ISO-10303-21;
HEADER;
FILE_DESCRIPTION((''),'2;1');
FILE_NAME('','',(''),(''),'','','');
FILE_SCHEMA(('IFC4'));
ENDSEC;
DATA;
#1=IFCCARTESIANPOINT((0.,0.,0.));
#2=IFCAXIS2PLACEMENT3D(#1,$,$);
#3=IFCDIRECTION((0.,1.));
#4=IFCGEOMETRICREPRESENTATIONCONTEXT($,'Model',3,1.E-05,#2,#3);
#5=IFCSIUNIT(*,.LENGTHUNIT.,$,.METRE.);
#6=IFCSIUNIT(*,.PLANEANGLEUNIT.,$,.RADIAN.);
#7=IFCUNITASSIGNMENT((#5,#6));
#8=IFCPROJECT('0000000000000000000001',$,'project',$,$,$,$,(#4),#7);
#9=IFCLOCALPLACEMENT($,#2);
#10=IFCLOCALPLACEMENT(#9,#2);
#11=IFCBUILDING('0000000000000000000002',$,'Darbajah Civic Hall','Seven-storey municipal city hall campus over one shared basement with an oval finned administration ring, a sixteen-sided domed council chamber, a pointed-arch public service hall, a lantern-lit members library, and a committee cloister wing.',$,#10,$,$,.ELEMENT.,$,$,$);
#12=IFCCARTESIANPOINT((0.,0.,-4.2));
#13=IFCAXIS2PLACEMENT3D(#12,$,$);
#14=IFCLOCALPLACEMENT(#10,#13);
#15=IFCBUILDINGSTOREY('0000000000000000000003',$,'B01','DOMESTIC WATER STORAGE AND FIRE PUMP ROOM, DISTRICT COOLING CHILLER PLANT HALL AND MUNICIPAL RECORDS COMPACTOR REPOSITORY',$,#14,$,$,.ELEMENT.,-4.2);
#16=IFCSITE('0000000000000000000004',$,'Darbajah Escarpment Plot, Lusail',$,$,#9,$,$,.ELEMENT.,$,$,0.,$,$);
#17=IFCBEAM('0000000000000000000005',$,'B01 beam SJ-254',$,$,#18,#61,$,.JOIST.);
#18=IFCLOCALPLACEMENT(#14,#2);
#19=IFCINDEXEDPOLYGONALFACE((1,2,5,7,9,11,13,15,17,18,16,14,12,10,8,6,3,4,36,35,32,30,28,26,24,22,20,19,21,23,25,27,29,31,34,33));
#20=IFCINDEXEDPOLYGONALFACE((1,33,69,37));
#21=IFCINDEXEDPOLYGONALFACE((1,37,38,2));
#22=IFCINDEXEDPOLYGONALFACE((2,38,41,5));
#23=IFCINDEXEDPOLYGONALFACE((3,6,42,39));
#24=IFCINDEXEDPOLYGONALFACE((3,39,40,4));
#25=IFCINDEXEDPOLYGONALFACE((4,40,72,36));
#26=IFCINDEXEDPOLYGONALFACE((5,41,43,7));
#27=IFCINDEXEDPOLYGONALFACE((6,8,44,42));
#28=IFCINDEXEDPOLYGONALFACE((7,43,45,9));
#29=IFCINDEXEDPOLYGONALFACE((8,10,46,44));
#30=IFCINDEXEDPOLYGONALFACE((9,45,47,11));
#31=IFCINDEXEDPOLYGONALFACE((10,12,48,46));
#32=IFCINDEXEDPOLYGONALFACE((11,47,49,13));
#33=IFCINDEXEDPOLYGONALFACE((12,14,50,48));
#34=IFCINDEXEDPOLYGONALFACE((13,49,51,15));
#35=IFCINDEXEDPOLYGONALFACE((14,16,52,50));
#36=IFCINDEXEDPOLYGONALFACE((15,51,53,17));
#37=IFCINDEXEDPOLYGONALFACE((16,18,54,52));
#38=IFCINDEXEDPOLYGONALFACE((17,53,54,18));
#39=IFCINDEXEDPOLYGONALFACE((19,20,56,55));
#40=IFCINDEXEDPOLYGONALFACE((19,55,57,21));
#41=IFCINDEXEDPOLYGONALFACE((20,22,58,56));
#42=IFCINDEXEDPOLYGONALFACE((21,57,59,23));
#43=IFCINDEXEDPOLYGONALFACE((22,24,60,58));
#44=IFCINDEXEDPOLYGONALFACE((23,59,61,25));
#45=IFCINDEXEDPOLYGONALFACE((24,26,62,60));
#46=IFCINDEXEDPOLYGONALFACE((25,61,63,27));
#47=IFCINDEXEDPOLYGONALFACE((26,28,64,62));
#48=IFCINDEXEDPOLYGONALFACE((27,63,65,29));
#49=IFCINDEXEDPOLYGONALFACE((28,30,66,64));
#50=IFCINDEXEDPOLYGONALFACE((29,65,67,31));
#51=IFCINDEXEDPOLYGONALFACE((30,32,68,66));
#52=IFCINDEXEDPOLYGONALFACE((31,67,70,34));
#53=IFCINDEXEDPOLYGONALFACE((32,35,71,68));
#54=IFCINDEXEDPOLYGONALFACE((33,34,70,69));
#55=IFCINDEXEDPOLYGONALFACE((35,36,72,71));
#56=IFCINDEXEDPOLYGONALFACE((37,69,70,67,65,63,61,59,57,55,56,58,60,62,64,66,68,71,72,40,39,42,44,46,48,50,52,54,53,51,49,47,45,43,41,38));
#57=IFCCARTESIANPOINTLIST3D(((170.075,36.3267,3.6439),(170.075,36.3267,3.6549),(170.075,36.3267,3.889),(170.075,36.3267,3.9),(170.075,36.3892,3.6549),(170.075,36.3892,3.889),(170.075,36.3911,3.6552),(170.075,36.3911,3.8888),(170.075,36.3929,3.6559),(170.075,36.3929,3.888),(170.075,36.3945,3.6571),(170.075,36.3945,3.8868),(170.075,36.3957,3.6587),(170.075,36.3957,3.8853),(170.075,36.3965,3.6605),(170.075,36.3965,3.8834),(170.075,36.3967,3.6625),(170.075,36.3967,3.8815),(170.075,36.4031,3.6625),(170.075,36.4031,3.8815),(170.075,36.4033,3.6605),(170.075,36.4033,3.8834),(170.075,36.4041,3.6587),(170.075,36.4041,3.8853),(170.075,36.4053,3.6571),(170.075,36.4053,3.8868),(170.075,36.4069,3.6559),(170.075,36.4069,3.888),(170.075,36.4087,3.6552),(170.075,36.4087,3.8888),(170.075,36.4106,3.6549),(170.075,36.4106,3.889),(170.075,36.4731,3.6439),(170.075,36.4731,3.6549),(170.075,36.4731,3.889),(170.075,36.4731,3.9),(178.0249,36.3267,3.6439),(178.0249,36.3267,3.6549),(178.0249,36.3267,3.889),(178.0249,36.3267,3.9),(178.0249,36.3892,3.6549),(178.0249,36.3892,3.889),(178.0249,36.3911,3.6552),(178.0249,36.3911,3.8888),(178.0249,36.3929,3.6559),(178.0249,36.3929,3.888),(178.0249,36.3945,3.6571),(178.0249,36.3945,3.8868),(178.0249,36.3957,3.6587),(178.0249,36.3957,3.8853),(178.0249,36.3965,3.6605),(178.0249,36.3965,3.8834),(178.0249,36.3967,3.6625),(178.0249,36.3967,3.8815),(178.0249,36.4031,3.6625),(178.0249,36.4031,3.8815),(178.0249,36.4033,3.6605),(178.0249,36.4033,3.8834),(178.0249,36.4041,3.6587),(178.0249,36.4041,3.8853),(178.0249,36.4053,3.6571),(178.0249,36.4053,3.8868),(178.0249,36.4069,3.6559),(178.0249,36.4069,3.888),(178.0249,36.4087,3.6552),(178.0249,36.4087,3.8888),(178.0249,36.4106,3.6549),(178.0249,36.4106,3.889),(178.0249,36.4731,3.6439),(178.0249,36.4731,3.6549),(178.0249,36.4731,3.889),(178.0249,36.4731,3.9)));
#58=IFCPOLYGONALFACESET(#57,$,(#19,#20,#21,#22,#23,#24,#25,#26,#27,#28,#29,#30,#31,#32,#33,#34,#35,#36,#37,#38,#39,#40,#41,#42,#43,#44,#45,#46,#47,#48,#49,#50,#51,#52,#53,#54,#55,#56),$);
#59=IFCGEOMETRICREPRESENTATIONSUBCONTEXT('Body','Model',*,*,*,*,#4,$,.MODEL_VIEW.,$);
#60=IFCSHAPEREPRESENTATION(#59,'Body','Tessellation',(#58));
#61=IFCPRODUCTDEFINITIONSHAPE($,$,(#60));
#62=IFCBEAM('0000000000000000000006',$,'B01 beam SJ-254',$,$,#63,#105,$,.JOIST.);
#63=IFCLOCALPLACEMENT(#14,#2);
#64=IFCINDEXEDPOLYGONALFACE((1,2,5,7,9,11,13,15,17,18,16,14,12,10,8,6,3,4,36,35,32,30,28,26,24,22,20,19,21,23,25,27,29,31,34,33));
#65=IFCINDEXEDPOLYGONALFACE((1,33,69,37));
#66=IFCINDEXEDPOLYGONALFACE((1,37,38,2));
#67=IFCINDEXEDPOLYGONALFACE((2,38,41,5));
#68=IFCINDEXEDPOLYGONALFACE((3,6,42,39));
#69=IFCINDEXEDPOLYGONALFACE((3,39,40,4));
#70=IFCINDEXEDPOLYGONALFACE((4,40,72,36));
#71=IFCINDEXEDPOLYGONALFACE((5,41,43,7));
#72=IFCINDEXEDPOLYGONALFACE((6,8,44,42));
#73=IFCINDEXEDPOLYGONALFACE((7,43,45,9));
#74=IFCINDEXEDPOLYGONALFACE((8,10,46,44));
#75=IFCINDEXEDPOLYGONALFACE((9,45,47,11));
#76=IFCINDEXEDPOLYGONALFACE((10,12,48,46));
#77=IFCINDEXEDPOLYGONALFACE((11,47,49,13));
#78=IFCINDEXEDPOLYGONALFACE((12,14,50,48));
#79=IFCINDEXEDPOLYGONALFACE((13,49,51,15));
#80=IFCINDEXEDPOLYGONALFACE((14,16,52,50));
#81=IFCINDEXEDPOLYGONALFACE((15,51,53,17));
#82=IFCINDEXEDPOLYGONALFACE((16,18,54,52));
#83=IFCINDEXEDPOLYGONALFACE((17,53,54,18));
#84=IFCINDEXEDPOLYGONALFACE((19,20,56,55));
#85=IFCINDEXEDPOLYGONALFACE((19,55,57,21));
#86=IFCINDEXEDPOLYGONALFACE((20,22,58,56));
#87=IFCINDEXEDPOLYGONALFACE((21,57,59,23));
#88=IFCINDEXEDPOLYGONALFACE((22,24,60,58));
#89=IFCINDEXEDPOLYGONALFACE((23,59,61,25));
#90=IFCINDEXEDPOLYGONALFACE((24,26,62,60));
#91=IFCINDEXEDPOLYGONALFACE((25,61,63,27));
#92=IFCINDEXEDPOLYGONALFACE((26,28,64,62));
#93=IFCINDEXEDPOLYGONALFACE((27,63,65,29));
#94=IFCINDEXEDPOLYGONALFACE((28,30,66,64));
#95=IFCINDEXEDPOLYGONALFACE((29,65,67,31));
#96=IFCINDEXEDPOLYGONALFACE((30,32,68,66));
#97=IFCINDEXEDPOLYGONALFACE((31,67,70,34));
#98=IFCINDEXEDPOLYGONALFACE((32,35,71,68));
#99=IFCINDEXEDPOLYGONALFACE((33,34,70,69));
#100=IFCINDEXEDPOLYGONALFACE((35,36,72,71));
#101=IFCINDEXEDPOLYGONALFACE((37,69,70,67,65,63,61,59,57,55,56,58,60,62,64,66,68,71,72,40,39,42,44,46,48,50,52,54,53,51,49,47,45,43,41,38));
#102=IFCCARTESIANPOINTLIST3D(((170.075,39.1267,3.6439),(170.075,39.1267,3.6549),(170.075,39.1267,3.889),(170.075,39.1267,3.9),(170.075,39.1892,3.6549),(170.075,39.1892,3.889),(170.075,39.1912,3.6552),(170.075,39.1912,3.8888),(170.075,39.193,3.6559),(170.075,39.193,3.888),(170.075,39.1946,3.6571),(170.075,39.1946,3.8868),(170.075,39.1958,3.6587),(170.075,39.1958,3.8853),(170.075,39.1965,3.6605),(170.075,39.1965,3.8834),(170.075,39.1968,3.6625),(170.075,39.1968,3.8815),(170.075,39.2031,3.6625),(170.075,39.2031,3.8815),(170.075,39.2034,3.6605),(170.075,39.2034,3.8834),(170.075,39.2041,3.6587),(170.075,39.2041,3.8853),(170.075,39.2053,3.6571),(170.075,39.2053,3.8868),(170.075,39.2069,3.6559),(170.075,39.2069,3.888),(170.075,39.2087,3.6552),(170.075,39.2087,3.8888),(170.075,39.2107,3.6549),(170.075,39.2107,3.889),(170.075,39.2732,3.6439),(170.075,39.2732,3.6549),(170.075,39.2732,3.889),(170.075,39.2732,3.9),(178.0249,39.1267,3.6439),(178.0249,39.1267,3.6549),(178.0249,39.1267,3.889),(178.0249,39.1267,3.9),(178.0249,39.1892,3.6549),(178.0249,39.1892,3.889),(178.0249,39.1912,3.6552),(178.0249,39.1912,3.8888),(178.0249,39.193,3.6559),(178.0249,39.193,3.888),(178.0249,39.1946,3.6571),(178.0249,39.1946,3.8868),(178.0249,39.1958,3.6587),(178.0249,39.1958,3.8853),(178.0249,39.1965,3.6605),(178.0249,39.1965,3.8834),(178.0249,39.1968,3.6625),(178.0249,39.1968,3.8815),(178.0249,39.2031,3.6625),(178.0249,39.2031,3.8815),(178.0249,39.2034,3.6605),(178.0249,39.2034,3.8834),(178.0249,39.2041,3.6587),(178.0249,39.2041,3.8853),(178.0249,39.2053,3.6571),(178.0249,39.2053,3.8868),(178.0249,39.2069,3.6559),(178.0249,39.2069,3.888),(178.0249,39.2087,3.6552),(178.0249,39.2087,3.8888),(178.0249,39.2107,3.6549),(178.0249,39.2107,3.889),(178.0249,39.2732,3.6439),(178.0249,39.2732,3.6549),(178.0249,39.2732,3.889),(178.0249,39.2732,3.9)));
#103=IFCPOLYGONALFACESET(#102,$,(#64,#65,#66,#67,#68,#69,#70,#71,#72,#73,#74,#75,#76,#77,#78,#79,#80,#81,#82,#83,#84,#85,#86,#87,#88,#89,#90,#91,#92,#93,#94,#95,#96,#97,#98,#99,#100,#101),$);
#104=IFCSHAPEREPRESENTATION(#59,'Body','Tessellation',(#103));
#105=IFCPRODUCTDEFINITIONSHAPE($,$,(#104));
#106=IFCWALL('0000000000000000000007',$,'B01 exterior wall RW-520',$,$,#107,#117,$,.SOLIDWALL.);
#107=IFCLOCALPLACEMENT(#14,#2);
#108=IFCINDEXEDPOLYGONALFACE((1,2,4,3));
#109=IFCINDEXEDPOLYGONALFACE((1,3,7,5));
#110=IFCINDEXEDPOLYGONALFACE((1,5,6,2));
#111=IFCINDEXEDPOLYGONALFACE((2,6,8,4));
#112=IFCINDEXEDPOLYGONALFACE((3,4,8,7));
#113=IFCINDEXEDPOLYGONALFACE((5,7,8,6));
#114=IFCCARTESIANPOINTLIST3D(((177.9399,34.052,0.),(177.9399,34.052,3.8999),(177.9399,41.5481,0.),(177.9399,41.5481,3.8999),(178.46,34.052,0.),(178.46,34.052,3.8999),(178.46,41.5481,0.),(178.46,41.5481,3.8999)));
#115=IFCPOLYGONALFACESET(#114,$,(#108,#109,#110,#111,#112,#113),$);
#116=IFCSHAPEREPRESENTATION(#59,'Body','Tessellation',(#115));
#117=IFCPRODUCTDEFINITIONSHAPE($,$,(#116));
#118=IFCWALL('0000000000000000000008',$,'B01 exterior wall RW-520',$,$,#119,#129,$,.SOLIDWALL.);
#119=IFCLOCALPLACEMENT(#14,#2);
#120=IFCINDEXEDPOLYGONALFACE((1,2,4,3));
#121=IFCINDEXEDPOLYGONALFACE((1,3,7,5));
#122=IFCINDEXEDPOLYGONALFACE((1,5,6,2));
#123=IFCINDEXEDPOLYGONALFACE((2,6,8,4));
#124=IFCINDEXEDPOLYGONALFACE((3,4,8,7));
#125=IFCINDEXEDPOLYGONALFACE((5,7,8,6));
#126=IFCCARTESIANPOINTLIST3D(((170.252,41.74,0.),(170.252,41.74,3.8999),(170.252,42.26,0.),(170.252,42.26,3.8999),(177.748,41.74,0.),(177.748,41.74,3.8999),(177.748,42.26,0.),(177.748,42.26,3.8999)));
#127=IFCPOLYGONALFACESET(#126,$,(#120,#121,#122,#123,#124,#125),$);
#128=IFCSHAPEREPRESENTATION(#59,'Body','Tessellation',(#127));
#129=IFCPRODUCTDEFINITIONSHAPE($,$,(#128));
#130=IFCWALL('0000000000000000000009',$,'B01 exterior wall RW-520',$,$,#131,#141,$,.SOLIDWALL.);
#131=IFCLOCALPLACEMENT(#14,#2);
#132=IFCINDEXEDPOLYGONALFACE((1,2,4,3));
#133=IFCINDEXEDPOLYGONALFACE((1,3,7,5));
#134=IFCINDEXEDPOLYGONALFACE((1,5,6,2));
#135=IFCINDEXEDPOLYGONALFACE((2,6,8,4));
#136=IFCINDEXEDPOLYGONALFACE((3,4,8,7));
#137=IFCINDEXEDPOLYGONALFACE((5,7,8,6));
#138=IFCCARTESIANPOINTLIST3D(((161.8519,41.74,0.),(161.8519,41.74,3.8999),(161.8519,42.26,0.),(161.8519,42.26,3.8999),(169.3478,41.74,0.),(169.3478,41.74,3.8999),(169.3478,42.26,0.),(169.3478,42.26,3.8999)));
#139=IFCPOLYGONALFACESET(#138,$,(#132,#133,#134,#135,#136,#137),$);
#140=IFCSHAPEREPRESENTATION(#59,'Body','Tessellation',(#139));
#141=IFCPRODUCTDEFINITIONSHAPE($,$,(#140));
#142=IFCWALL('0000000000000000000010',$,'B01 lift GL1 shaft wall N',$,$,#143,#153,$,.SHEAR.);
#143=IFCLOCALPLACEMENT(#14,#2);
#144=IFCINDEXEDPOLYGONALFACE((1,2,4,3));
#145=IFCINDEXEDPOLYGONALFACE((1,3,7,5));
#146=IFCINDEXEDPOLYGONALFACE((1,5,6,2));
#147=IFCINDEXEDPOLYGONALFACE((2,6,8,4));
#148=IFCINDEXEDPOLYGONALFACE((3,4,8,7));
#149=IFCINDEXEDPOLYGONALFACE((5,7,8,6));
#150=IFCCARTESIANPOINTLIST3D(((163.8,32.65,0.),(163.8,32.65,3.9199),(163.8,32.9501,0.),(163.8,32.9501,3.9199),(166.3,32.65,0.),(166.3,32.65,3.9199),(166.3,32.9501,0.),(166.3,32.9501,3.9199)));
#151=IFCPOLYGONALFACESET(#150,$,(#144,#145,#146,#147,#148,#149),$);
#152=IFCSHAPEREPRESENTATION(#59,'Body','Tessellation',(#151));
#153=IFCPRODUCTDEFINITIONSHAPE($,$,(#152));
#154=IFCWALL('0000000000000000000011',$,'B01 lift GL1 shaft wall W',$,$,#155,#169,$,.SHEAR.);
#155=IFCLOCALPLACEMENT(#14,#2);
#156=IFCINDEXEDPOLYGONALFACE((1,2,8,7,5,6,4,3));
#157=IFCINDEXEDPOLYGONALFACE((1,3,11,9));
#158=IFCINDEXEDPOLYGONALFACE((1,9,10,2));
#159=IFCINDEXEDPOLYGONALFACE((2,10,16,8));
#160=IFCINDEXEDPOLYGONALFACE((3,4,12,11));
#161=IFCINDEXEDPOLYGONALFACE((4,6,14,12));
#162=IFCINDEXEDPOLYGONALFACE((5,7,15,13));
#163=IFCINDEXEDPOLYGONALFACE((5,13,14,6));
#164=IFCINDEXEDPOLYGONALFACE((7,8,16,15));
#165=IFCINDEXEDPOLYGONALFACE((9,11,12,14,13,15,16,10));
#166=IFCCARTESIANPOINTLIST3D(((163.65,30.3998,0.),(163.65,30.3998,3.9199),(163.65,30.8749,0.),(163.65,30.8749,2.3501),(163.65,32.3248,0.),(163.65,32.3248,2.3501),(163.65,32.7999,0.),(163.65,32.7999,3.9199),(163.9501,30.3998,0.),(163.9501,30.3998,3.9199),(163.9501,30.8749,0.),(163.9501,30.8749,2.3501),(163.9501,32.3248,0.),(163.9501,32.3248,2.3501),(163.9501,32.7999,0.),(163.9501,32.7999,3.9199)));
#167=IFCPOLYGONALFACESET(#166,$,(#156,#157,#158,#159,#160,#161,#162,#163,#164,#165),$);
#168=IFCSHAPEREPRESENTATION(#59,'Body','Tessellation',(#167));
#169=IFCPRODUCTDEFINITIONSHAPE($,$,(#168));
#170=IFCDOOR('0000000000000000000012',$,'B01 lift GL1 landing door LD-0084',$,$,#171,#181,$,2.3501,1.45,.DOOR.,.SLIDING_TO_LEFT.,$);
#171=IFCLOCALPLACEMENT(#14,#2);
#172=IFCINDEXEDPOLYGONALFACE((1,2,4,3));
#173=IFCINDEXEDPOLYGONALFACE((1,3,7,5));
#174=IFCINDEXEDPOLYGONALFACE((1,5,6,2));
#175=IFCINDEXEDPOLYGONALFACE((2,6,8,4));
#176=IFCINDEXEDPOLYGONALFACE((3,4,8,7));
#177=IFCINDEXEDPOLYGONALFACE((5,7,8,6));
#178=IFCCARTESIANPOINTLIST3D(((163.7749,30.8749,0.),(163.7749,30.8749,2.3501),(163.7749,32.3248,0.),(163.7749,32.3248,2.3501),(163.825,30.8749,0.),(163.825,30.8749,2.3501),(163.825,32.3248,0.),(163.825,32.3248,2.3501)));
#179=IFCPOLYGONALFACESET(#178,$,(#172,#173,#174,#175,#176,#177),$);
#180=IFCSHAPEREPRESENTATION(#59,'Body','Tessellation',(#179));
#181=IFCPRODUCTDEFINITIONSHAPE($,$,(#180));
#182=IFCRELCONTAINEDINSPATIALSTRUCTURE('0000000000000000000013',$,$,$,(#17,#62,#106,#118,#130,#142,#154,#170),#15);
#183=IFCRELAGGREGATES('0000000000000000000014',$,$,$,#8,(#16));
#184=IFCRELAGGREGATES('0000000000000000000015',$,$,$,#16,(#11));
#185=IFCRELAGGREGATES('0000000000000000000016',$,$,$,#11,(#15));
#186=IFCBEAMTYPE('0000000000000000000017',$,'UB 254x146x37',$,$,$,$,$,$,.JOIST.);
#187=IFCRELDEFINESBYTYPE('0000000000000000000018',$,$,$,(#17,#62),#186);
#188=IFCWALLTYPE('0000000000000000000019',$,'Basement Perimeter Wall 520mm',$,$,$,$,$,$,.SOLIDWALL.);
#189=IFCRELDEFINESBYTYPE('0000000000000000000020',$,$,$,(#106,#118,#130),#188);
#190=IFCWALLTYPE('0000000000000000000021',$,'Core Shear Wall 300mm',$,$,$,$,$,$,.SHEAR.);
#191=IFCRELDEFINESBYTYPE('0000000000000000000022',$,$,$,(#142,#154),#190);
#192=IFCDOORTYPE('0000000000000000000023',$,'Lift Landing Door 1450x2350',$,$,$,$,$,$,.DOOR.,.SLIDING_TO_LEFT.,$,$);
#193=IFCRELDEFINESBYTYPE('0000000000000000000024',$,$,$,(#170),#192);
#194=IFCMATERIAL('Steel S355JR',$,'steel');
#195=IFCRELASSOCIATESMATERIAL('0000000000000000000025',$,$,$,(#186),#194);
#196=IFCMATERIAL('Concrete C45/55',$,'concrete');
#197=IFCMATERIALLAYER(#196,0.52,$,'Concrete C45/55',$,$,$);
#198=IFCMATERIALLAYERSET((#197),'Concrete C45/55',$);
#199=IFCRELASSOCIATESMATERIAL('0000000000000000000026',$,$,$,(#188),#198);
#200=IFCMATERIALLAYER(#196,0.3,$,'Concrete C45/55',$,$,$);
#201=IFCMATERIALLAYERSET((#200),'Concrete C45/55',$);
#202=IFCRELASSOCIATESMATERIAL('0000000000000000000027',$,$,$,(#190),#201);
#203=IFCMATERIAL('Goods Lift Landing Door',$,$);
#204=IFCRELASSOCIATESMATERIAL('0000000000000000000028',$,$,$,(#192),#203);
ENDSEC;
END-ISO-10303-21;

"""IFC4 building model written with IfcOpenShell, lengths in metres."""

from ifc_helpers import new_model, si_unit, direction, frame, frame_2d, origin, origin_2d, place, context, subcontext, project, spatial, rectangle, i_section, extrude, material, layer, layer_set, material_profile, profile_set, type_object, element, fill, save


model = new_model("IFC4")

# Units and contexts
model_context = context("Model", 3, precision=1e-05, world=origin(), true_north=direction((0.0, 1.0)))
body_context = subcontext(model_context, "Body", "Model", "MODEL_VIEW")
ifc_project = project(units=[si_unit("LENGTHUNIT", "METRE"), si_unit("PLANEANGLEUNIT", "RADIAN")], contexts=[model_context])

# Site, building, storey
site_placement = place(None, origin())
site = spatial("IfcSite", under=ifc_project, at=site_placement, Name="Darbajah Escarpment Plot, Lusail", CompositionType="ELEMENT", RefElevation=0.0)
building_placement = place(site_placement, origin())
building = spatial("IfcBuilding", under=site, at=building_placement, Name="Darbajah Civic Hall", Description="Seven-storey municipal city hall campus over one shared basement with an oval finned administration ring, a sixteen-sided domed council chamber, a pointed-arch public service hall, a lantern-lit members library, and a committee cloister wing.", CompositionType="ELEMENT")
storey_placement = place(building_placement, frame((0.0, 0.0, -4.2)))
storey = spatial("IfcBuildingStorey", under=building, at=storey_placement, Name="B01", Description="DOMESTIC WATER STORAGE AND FIRE PUMP ROOM, DISTRICT COOLING CHILLER PLANT HALL AND MUNICIPAL RECORDS COMPACTOR REPOSITORY", CompositionType="ELEMENT", Elevation=-4.2)

# Shared definitions
ifc_material_1 = material(Name="Concrete C45/55", Category="concrete")

# Beams
ifc_material_2 = material(Name="Steel S355JR", Category="steel")
ifc_material_profile_1 = material_profile(ifc_material_2, i_section(OverallWidth=0.1465, OverallDepth=0.2561, WebThickness=0.0063, FlangeThickness=0.011, FilletRadius=0.0076, at=origin_2d()), Name="UB 254x146x37")
ifc_profile_set_1 = profile_set([ifc_material_profile_1], Name="Steel S355JR")
beam_type_1 = type_object("IfcBeamType", Name="UB 254x146x37", PredefinedType="JOIST", material=ifc_profile_set_1)
for number, where, z_axis, x_axis, name in (
    (1, (170.075, 36.3999, 3.772), (1.0, 0.0, 0.0), (0.0, 1.0, 0.0), "B01 beam SJ-254"),
    (2, (170.075, 39.2, 3.772), (1.0, 0.0, 0.0), (0.0, 1.0, 0.0), "B01 beam SJ-254"),
):
    element("IfcBeam", number, at=place(storey_placement, frame(where, z_axis=z_axis, x_axis=x_axis)), inside=storey, type_object=beam_type_1, Name=name, PredefinedType="JOIST", context=body_context, shape_type="SweptSolid", body=[
        extrude(i_section(OverallWidth=0.1465, OverallDepth=0.2561, WebThickness=0.0063, FlangeThickness=0.011, FilletRadius=0.0076, at=origin_2d()), origin(), (0.0, 0.0, 1.0), 7.95),
    ])

# Walls
ifc_layer_1 = layer(ifc_material_1, 0.52, Name="Concrete C45/55")
ifc_layer_set_1 = layer_set([ifc_layer_1], Name="Concrete C45/55")
wall_type_1 = type_object("IfcWallType", Name="Basement Perimeter Wall 520mm", PredefinedType="SOLIDWALL", material=ifc_layer_set_1)
for number, where, z_axis, x_axis, name in (
    (3, (178.2, 34.052, 0.0), (0.0, 0.0, 1.0), (0.0, 1.0, 0.0), "B01 exterior wall RW-520"),
    (4, (177.748, 42.0, 0.0), (0.0, 0.0, 1.0), (-1.0, 0.0, 0.0), "B01 exterior wall RW-520"),
):
    element("IfcWall", number, at=place(storey_placement, frame(where, z_axis=z_axis, x_axis=x_axis)), inside=storey, type_object=wall_type_1, Name=name, PredefinedType="SOLIDWALL", context=body_context, shape_type="SweptSolid", body=[
        extrude(rectangle(XDim=7.4961, YDim=0.52, at=frame_2d((3.748, 0.0))), origin(), (0.0, 0.0, 1.0), 3.8999),
    ])
wall_1_placement = place(storey_placement, frame((169.3479, 42.0, 0.0), z_axis=(0.0, 0.0, 1.0), x_axis=(-1.0, 0.0, 0.0)))
element("IfcWall", 5, at=wall_1_placement, inside=storey, type_object=wall_type_1, Name="B01 exterior wall RW-520", PredefinedType="SOLIDWALL", context=body_context, shape_type="SweptSolid", body=[
    extrude(rectangle(XDim=7.4958, YDim=0.52, at=frame_2d((3.748, 0.0))), origin(), (0.0, 0.0, 1.0), 3.8999),
])
ifc_layer_2 = layer(ifc_material_1, 0.3, Name="Concrete C45/55")
ifc_layer_set_2 = layer_set([ifc_layer_2], Name="Concrete C45/55")
wall_type_2 = type_object("IfcWallType", Name="Core Shear Wall 300mm", PredefinedType="SHEAR", material=ifc_layer_set_2)
wall_2_placement = place(storey_placement, frame((166.3, 32.8, 0.0), z_axis=(0.0, 0.0, 1.0), x_axis=(-1.0, 0.0, 0.0)))
element("IfcWall", 6, at=wall_2_placement, inside=storey, type_object=wall_type_2, Name="B01 lift GL1 shaft wall N", PredefinedType="SHEAR", context=body_context, shape_type="SweptSolid", body=[
    extrude(rectangle(XDim=2.5, YDim=0.3, at=frame_2d((1.25, 0.0))), origin(), (0.0, 0.0, 1.0), 3.9199),
])

# Wall, opening, door
wall_3_placement = place(storey_placement, frame((163.8, 32.8, 0.0), z_axis=(0.0, 0.0, 1.0), x_axis=(0.0, -1.0, 0.0)))
wall_3 = element("IfcWall", 7, at=wall_3_placement, inside=storey, type_object=wall_type_2, Name="B01 lift GL1 shaft wall W", PredefinedType="SHEAR", context=body_context, shape_type="SweptSolid", body=[
    extrude(rectangle(XDim=2.4001, YDim=0.3, at=frame_2d((1.2002, 0.0))), origin(), (0.0, 0.0, 1.0), 3.9199),
])
opening_placement = place(wall_3_placement, frame((0.4751, 0.0, 0.0)))
opening = element("IfcOpeningElement", 8, at=opening_placement, cuts=wall_3, PredefinedType="OPENING", context=body_context, shape_type="SweptSolid", body=[
    extrude(rectangle(XDim=1.45, YDim=2.3501, at=frame_2d((0.7251, 1.175))), frame((0.0, 0.1599, 0.0), z_axis=(0.0, -1.0, 0.0), x_axis=(1.0, 0.0, 0.0)), (0.0, 0.0, 1.0), 0.3201),
])
ifc_material_3 = material(Name="Goods Lift Landing Door")
door_type = type_object("IfcDoorType", Name="Lift Landing Door 1450x2350", OperationType="SLIDING_TO_LEFT", PredefinedType="DOOR", material=ifc_material_3)
door_placement = place(opening_placement, origin())
door = element("IfcDoor", 9, at=door_placement, inside=storey, type_object=door_type, Name="B01 lift GL1 landing door LD-0084", OperationType="SLIDING_TO_LEFT", OverallHeight=2.3501, OverallWidth=1.45, PredefinedType="DOOR", context=body_context, shape_type="SweptSolid", body=[
    extrude(rectangle(XDim=1.45, YDim=2.3501, at=frame_2d((0.7251, 1.175))), frame((0.0, 0.0249, 0.0), z_axis=(0.0, -1.0, 0.0), x_axis=(1.0, 0.0, 0.0)), (0.0, 0.0, 1.0), 0.05),
])
fill(opening, door)

save(model, "model.ifc")
